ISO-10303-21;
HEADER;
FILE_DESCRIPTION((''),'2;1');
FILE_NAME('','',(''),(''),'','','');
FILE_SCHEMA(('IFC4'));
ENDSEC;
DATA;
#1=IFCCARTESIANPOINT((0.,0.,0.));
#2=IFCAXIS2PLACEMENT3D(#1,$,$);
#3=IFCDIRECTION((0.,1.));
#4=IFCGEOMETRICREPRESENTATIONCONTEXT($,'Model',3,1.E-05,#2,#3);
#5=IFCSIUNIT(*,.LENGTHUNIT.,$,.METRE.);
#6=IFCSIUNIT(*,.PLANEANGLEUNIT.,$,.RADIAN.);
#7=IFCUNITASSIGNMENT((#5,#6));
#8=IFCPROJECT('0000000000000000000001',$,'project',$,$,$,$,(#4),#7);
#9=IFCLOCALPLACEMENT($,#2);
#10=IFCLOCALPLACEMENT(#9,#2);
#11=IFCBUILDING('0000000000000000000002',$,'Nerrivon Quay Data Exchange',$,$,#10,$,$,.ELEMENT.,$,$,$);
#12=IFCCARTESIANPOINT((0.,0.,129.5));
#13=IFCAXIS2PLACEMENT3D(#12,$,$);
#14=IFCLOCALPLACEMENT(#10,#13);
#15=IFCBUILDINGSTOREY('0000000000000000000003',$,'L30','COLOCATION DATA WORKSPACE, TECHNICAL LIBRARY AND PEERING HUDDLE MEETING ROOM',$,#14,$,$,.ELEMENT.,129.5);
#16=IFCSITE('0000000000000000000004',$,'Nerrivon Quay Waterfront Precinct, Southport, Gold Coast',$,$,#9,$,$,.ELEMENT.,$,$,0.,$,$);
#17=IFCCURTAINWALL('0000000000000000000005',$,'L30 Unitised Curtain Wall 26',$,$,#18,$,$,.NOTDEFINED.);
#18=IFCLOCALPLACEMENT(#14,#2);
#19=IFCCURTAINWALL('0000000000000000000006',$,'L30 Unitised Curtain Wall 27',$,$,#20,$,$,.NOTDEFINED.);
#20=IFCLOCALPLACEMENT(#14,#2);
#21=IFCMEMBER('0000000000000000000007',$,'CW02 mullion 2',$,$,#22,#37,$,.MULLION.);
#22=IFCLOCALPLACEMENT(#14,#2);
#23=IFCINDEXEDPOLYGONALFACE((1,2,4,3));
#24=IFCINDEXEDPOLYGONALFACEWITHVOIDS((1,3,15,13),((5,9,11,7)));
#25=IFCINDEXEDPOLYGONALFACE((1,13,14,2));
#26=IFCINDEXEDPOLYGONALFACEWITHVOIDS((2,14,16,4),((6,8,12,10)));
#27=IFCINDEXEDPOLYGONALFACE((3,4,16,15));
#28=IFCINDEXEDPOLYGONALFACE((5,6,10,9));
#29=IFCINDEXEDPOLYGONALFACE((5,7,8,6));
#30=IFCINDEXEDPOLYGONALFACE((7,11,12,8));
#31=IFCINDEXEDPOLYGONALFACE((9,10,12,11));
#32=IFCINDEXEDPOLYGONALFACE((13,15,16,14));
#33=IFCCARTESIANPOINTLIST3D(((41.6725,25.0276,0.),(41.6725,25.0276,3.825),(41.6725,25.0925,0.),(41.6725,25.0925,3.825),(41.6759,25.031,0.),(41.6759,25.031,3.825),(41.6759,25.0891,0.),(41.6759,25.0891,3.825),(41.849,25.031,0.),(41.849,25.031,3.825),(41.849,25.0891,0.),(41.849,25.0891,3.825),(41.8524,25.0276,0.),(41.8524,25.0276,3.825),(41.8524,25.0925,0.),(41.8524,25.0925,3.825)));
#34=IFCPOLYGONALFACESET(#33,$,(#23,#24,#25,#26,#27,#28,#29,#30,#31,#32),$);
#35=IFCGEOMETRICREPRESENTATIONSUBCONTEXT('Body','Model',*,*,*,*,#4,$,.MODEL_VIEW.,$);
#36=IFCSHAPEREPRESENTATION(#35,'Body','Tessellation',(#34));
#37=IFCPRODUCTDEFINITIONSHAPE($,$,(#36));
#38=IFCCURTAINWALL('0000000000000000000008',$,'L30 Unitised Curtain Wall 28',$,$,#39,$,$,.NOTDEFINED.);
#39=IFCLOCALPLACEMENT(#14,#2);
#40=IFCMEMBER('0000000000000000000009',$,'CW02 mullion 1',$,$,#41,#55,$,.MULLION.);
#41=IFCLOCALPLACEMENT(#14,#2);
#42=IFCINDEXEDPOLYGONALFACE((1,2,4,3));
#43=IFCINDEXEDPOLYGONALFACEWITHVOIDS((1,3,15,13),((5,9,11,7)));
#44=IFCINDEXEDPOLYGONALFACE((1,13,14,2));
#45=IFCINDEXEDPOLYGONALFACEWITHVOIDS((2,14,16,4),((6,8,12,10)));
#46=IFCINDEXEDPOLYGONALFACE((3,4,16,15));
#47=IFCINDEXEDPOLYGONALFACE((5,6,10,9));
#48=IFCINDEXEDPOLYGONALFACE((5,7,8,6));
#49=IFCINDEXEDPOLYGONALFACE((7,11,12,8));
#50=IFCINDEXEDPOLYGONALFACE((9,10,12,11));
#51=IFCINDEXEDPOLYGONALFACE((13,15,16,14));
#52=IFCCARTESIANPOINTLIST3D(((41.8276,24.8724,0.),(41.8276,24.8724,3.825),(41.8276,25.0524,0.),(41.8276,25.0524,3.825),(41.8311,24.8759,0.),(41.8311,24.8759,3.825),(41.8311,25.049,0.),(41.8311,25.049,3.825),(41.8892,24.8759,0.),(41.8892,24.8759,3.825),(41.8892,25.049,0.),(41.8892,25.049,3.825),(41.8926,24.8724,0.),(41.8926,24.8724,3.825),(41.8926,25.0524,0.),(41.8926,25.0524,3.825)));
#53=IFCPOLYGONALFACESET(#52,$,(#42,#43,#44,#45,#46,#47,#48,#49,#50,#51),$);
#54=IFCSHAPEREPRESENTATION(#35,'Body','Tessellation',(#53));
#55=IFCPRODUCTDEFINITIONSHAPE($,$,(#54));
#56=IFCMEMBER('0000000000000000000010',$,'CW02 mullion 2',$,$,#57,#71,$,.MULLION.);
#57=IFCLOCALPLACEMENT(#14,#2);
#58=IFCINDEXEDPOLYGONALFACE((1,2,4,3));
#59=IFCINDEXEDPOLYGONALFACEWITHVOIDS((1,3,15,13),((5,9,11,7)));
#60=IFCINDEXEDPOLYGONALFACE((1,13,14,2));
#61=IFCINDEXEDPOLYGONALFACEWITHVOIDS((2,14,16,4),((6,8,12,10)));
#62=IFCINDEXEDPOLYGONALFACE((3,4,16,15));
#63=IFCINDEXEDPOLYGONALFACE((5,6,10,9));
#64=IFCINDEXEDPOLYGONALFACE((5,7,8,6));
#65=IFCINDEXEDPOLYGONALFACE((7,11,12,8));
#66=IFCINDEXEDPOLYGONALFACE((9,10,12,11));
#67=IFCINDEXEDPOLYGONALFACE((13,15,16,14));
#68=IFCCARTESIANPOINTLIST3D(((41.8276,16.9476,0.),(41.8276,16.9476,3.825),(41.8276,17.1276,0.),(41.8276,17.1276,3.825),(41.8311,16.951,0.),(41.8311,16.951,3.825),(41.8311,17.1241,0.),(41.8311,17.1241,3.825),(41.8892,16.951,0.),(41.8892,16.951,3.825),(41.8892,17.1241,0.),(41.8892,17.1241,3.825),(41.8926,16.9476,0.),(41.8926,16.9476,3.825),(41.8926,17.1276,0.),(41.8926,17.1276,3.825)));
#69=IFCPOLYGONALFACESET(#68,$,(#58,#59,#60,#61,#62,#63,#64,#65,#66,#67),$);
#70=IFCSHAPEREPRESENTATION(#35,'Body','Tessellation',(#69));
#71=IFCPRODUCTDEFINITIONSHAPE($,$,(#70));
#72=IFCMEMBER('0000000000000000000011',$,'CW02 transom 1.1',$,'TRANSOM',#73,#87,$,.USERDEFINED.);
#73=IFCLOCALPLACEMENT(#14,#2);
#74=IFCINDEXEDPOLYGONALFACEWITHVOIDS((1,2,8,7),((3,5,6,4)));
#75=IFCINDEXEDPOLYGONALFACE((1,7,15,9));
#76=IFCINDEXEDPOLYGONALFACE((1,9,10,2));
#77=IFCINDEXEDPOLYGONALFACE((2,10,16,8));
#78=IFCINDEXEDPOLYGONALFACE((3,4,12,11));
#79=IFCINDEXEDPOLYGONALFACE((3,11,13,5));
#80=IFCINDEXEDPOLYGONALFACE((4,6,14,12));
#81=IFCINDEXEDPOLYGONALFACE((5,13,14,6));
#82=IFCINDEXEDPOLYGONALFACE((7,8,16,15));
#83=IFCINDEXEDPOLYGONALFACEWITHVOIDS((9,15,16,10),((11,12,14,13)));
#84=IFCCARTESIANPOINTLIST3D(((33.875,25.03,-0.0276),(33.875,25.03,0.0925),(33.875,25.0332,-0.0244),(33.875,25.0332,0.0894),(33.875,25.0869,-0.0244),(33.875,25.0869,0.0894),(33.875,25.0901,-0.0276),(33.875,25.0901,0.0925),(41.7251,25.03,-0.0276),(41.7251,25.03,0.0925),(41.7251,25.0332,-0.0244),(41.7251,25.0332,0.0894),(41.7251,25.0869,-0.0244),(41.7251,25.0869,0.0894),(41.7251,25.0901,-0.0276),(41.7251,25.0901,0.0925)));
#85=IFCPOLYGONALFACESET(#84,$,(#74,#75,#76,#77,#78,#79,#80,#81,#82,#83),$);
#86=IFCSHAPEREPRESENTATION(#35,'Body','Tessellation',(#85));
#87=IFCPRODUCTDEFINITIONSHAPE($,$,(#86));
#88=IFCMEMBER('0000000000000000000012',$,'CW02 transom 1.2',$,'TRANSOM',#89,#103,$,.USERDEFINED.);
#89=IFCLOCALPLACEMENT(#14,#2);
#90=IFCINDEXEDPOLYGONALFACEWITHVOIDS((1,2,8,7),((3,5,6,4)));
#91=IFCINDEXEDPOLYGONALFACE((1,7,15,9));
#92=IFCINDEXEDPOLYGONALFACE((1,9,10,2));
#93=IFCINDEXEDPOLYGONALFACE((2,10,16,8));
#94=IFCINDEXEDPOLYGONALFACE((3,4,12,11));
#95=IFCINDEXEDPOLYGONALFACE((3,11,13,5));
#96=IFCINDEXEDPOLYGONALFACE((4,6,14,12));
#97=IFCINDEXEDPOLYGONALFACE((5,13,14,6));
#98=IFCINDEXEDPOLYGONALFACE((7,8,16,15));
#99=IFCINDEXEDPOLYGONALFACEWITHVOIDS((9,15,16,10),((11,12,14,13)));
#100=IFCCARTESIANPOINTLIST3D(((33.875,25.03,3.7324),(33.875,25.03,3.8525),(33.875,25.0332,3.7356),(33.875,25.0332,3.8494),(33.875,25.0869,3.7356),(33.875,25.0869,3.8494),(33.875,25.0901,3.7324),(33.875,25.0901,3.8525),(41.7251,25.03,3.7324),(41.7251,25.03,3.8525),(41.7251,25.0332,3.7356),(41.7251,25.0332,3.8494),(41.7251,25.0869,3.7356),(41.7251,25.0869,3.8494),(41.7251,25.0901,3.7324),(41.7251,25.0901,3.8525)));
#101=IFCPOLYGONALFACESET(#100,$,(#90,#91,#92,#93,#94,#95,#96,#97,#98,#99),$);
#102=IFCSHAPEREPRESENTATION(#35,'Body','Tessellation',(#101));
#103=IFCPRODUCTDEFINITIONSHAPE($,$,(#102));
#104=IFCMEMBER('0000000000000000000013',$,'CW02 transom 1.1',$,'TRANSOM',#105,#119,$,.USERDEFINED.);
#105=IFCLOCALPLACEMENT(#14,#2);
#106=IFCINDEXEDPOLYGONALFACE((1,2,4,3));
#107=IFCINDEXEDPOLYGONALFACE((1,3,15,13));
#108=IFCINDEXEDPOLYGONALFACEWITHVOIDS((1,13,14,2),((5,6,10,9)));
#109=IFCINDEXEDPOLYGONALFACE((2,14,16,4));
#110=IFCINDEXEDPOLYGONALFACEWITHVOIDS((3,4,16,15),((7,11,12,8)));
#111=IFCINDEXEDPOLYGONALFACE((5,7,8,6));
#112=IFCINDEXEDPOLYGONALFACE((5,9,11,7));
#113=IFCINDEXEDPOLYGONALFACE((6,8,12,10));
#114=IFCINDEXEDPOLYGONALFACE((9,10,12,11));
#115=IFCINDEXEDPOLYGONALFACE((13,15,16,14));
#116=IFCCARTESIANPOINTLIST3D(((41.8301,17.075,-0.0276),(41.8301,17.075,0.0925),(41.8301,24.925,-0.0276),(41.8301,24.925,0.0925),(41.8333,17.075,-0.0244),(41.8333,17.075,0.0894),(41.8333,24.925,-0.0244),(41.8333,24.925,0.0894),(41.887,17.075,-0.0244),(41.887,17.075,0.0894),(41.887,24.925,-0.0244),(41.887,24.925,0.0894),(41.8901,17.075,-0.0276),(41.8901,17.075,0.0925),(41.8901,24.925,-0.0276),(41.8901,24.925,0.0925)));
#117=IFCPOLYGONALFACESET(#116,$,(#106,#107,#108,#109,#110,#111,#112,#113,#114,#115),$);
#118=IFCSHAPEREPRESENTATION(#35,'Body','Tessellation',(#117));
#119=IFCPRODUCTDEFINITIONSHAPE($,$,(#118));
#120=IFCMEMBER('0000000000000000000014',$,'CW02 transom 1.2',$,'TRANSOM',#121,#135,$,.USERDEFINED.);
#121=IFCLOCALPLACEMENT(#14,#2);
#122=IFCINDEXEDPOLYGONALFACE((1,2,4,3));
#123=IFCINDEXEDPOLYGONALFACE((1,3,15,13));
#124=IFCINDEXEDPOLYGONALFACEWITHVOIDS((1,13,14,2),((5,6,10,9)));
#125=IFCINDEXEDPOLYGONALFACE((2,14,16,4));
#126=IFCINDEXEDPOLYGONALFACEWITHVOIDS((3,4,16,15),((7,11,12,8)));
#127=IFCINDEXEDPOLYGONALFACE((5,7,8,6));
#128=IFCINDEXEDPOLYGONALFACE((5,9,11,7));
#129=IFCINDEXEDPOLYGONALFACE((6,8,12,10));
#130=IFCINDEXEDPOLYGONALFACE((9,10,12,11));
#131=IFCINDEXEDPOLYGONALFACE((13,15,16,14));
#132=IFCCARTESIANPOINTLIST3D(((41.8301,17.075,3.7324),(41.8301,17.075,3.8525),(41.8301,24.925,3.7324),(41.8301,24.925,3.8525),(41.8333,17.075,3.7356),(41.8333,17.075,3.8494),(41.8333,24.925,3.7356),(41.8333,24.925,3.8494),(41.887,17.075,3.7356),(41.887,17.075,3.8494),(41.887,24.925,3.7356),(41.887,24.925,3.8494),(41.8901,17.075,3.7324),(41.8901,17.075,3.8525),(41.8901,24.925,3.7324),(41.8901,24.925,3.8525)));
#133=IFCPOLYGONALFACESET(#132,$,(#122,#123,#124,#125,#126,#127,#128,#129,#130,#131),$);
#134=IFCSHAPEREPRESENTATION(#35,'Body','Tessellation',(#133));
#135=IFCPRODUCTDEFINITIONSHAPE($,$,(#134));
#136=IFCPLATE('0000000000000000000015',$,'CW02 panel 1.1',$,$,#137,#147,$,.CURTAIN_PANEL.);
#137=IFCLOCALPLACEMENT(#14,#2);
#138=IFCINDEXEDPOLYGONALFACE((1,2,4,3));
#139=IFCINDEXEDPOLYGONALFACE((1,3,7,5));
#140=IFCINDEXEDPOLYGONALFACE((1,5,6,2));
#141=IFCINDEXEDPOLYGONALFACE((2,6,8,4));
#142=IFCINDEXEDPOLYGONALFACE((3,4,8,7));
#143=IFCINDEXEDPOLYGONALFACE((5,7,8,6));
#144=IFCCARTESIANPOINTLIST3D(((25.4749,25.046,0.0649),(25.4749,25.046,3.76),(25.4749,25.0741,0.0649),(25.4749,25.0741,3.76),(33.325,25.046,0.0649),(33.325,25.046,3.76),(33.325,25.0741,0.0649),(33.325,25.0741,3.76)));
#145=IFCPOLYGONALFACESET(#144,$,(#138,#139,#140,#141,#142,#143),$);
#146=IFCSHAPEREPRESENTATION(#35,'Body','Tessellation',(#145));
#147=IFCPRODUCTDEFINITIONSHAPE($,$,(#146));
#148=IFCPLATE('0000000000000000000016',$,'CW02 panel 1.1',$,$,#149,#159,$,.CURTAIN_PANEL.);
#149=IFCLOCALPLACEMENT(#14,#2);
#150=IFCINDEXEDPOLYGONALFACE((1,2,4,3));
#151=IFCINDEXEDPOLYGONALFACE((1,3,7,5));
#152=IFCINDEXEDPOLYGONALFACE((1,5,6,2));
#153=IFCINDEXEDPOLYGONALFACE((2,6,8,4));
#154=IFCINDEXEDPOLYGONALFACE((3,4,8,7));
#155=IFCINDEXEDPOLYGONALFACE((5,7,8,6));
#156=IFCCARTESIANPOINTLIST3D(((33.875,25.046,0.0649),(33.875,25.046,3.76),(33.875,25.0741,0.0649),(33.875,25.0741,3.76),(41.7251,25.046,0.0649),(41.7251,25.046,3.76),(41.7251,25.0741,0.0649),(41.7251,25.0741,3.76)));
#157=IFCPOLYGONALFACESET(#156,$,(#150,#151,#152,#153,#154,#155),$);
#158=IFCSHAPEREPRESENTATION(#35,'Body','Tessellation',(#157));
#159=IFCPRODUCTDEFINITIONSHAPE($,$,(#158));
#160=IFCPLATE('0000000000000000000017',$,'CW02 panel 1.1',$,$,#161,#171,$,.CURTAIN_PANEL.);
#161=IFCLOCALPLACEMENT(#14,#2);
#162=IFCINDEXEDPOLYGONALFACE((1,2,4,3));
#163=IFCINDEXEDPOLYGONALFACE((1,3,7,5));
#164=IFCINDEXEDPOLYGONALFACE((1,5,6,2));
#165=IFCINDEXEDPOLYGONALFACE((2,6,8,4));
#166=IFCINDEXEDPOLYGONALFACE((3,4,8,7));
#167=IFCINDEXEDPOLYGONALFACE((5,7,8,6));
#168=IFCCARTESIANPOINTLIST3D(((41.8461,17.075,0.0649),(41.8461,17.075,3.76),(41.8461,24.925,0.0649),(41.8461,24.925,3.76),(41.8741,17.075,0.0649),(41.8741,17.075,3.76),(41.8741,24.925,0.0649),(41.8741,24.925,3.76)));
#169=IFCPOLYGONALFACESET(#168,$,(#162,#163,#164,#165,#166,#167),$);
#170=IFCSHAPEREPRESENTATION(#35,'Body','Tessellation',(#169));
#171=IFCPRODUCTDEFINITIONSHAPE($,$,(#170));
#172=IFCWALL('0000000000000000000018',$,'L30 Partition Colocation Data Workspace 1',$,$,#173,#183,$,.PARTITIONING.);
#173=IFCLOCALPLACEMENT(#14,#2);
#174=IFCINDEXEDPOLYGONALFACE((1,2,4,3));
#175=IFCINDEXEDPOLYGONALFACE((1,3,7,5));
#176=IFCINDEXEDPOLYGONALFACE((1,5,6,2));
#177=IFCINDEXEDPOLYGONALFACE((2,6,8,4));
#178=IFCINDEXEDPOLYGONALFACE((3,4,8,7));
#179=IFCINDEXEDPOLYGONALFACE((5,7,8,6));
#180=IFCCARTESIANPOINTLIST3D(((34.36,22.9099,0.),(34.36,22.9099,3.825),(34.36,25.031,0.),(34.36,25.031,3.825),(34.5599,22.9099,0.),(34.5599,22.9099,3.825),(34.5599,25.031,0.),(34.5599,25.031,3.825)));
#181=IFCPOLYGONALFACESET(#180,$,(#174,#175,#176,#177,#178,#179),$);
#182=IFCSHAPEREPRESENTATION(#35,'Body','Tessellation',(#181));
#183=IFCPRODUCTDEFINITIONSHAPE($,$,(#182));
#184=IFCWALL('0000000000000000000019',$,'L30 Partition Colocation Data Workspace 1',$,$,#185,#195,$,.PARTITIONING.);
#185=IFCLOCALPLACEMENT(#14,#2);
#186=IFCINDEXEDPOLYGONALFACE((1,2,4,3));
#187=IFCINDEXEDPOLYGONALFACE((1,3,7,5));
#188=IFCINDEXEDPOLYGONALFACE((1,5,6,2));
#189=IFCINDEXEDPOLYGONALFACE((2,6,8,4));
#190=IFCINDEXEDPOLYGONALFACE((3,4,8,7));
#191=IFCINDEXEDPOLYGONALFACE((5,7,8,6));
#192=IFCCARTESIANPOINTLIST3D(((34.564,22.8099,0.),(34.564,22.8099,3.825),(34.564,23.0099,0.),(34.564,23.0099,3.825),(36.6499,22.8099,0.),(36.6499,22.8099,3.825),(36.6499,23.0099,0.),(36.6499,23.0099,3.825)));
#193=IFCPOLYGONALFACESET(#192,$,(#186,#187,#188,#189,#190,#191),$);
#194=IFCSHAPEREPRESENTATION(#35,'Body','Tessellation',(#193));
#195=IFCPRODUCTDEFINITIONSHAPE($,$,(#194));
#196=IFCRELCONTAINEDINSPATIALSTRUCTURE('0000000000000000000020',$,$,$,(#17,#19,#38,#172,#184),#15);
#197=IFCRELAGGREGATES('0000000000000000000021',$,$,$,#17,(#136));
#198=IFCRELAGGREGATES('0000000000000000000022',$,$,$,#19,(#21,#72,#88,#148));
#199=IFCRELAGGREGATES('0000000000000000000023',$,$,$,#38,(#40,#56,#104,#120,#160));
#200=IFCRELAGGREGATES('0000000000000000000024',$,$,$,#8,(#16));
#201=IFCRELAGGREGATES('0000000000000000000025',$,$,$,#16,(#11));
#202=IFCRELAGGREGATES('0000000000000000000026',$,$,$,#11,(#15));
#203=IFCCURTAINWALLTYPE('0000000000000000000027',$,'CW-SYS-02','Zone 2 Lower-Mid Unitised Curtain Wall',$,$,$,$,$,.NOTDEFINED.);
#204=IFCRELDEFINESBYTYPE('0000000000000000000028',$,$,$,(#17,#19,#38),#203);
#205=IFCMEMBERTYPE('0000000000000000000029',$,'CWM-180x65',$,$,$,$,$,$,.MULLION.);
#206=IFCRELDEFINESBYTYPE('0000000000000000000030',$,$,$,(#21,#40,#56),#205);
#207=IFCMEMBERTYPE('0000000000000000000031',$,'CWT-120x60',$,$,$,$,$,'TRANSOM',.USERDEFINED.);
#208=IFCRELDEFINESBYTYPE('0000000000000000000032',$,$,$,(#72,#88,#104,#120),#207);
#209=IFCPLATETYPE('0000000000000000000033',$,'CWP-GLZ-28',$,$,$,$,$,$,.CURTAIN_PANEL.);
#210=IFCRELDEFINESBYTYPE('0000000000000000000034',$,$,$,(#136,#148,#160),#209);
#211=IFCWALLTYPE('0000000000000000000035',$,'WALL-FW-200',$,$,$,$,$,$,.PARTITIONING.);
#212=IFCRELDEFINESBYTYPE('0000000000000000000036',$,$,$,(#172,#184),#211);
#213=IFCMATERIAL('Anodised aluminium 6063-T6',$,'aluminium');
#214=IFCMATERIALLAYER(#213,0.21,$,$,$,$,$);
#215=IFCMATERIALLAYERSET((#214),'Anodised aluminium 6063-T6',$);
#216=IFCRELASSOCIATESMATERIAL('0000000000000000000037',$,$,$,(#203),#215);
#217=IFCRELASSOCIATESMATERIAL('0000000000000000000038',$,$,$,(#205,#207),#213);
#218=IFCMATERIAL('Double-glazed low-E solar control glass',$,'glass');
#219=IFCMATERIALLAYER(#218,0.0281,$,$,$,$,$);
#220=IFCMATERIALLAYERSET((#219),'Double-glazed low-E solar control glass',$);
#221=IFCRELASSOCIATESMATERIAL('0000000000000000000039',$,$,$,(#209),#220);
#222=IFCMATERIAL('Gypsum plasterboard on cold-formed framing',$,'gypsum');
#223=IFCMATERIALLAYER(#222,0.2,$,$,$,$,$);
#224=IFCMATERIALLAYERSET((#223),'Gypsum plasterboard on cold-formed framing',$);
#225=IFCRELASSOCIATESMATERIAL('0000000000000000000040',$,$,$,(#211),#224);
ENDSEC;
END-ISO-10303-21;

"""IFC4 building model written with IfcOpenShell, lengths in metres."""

from ifc_helpers import new_model, si_unit, direction, frame, frame_2d, origin, origin_2d, place, context, subcontext, project, spatial, rectangle, hollow_rectangle, extrude, material, layer, layer_set, material_profile, profile_set, type_object, element, aggregate, save


model = new_model("IFC4")

# Units and contexts
model_context = context("Model", 3, precision=1e-05, world=origin(), true_north=direction((0.0, 1.0)))
body_context = subcontext(model_context, "Body", "Model", "MODEL_VIEW")
ifc_project = project(units=[si_unit("LENGTHUNIT", "METRE"), si_unit("PLANEANGLEUNIT", "RADIAN")], contexts=[model_context])

# Site, building, storey
site_placement = place(None, origin())
site = spatial("IfcSite", under=ifc_project, at=site_placement, Name="Nerrivon Quay Waterfront Precinct, Southport, Gold Coast", CompositionType="ELEMENT", RefElevation=0.0)
building_placement = place(site_placement, origin())
building = spatial("IfcBuilding", under=site, at=building_placement, Name="Nerrivon Quay Data Exchange", CompositionType="ELEMENT")
storey_placement = place(building_placement, frame((0.0, 0.0, 129.5)))
storey = spatial("IfcBuildingStorey", under=building, at=storey_placement, Name="L30", Description="COLOCATION DATA WORKSPACE, TECHNICAL LIBRARY AND PEERING HUDDLE MEETING ROOM", CompositionType="ELEMENT", Elevation=129.5)

# Curtain wall
ifc_material_1 = material(Name="Anodised aluminium 6063-T6", Category="aluminium")
ifc_layer_1 = layer(ifc_material_1, 0.21)
ifc_layer_set_1 = layer_set([ifc_layer_1], Name="Anodised aluminium 6063-T6")
curtain_wall_type = type_object("IfcCurtainWallType", Name="CW-SYS-02", Description="Zone 2 Lower-Mid Unitised Curtain Wall", PredefinedType="NOTDEFINED", material=ifc_layer_set_1)
curtain_wall_1_placement = place(storey_placement, origin())
curtain_wall_1 = element("IfcCurtainWall", 1, at=curtain_wall_1_placement, inside=storey, type_object=curtain_wall_type, Name="L30 Unitised Curtain Wall 26", PredefinedType="NOTDEFINED")
ifc_material_profile_1 = material_profile(ifc_material_1, hollow_rectangle(XDim=0.0649, YDim=0.1799, WallThickness=0.0034, at=origin_2d()), Name="ALU-MULL-180x65")
ifc_profile_set_1 = profile_set([ifc_material_profile_1], Name="Anodised aluminium 6063-T6")
member_type_1 = type_object("IfcMemberType", Name="CWM-180x65", PredefinedType="MULLION", material=ifc_profile_set_1)

# Curtain walls, members
curtain_wall_2_placement = place(storey_placement, origin())
curtain_wall_2 = element("IfcCurtainWall", 2, at=curtain_wall_2_placement, inside=storey, type_object=curtain_wall_type, Name="L30 Unitised Curtain Wall 27", PredefinedType="NOTDEFINED")
member_1_placement = place(storey_placement, frame((41.7625, 25.0601, 0.0), z_axis=(0.0, 0.0, 1.0), x_axis=(0.0, 1.0, 0.0)))
member_1 = element("IfcMember", 3, at=member_1_placement, type_object=member_type_1, Name="CW02 mullion 2", PredefinedType="MULLION", context=body_context, shape_type="SweptSolid", body=[
    extrude(hollow_rectangle(XDim=0.0649, YDim=0.1799, WallThickness=0.0034, at=origin_2d()), origin(), (0.0, 0.0, 1.0), 3.825),
])
curtain_wall_3_placement = place(storey_placement, origin())
curtain_wall_3 = element("IfcCurtainWall", 4, at=curtain_wall_3_placement, inside=storey, type_object=curtain_wall_type, Name="L30 Unitised Curtain Wall 28", PredefinedType="NOTDEFINED")
member_2_placement = place(storey_placement, frame((41.8601, 24.9624, 0.0), z_axis=(0.0, 0.0, 1.0), x_axis=(1.0, 0.0, 0.0)))
member_2 = element("IfcMember", 5, at=member_2_placement, type_object=member_type_1, Name="CW02 mullion 1", PredefinedType="MULLION", context=body_context, shape_type="SweptSolid", body=[
    extrude(hollow_rectangle(XDim=0.0649, YDim=0.1799, WallThickness=0.0034, at=origin_2d()), origin(), (0.0, 0.0, 1.0), 3.825),
])
member_3_placement = place(storey_placement, frame((41.8601, 17.0376, 0.0), z_axis=(0.0, 0.0, 1.0), x_axis=(1.0, 0.0, 0.0)))
member_3 = element("IfcMember", 6, at=member_3_placement, type_object=member_type_1, Name="CW02 mullion 2", PredefinedType="MULLION", context=body_context, shape_type="SweptSolid", body=[
    extrude(hollow_rectangle(XDim=0.0649, YDim=0.1799, WallThickness=0.0034, at=origin_2d()), origin(), (0.0, 0.0, 1.0), 3.825),
])

# Members
ifc_material_profile_2 = material_profile(ifc_material_1, hollow_rectangle(XDim=0.0601, YDim=0.1201, WallThickness=0.0032, at=origin_2d()), Name="ALU-TRAN-120x60")
ifc_profile_set_2 = profile_set([ifc_material_profile_2], Name="Anodised aluminium 6063-T6")
member_type_2 = type_object("IfcMemberType", Name="CWT-120x60", ElementType="TRANSOM", PredefinedType="USERDEFINED", material=ifc_profile_set_2)
member_4_placement = place(storey_placement, frame((33.875, 25.0601, 0.0325), z_axis=(1.0, 0.0, 0.0), x_axis=(0.0, 1.0, 0.0)))
member_4 = element("IfcMember", 7, at=member_4_placement, type_object=member_type_2, Name="CW02 transom 1.1", ObjectType="TRANSOM", PredefinedType="USERDEFINED", context=body_context, shape_type="SweptSolid", body=[
    extrude(hollow_rectangle(XDim=0.0601, YDim=0.1201, WallThickness=0.0032, at=origin_2d()), origin(), (0.0, 0.0, 1.0), 7.8501),
])
member_5_placement = place(storey_placement, frame((33.875, 25.0601, 3.7925), z_axis=(1.0, 0.0, 0.0), x_axis=(0.0, 1.0, 0.0)))
member_5 = element("IfcMember", 8, at=member_5_placement, type_object=member_type_2, Name="CW02 transom 1.2", ObjectType="TRANSOM", PredefinedType="USERDEFINED", context=body_context, shape_type="SweptSolid", body=[
    extrude(hollow_rectangle(XDim=0.0601, YDim=0.1201, WallThickness=0.0032, at=origin_2d()), origin(), (0.0, 0.0, 1.0), 7.8501),
])
member_6_placement = place(storey_placement, frame((41.8601, 24.925, 0.0325), z_axis=(0.0, -1.0, 0.0), x_axis=(1.0, 0.0, 0.0)))
member_6 = element("IfcMember", 9, at=member_6_placement, type_object=member_type_2, Name="CW02 transom 1.1", ObjectType="TRANSOM", PredefinedType="USERDEFINED", context=body_context, shape_type="SweptSolid", body=[
    extrude(hollow_rectangle(XDim=0.0601, YDim=0.1201, WallThickness=0.0032, at=origin_2d()), origin(), (0.0, 0.0, 1.0), 7.8501),
])
member_7_placement = place(storey_placement, frame((41.8601, 24.925, 3.7925), z_axis=(0.0, -1.0, 0.0), x_axis=(1.0, 0.0, 0.0)))
member_7 = element("IfcMember", 10, at=member_7_placement, type_object=member_type_2, Name="CW02 transom 1.2", ObjectType="TRANSOM", PredefinedType="USERDEFINED", context=body_context, shape_type="SweptSolid", body=[
    extrude(hollow_rectangle(XDim=0.0601, YDim=0.1201, WallThickness=0.0032, at=origin_2d()), origin(), (0.0, 0.0, 1.0), 7.8501),
])

# Plates
ifc_material_2 = material(Name="Double-glazed low-E solar control glass", Category="glass")
ifc_layer_2 = layer(ifc_material_2, 0.0281)
ifc_layer_set_2 = layer_set([ifc_layer_2], Name="Double-glazed low-E solar control glass")
plate_type = type_object("IfcPlateType", Name="CWP-GLZ-28", PredefinedType="CURTAIN_PANEL", material=ifc_layer_set_2)
plate_1_placement = place(storey_placement, frame((29.3999, 25.0601, 0.0649), z_axis=(0.0, 0.0, 1.0), x_axis=(1.0, 0.0, 0.0)))
plate_1 = element("IfcPlate", 11, at=plate_1_placement, type_object=plate_type, Name="CW02 panel 1.1", PredefinedType="CURTAIN_PANEL", context=body_context, shape_type="SweptSolid", body=[
    extrude(rectangle(XDim=7.8501, YDim=0.0281, at=origin_2d()), origin(), (0.0, 0.0, 1.0), 3.6951),
])
aggregate(curtain_wall_1, [plate_1])
plate_2_placement = place(storey_placement, frame((37.8, 25.0601, 0.0649), z_axis=(0.0, 0.0, 1.0), x_axis=(1.0, 0.0, 0.0)))
plate_2 = element("IfcPlate", 12, at=plate_2_placement, type_object=plate_type, Name="CW02 panel 1.1", PredefinedType="CURTAIN_PANEL", context=body_context, shape_type="SweptSolid", body=[
    extrude(rectangle(XDim=7.8501, YDim=0.0281, at=origin_2d()), origin(), (0.0, 0.0, 1.0), 3.6951),
])
aggregate(curtain_wall_2, [member_1, member_4, member_5, plate_2])
plate_3_placement = place(storey_placement, frame((41.8601, 21.0, 0.0649), z_axis=(0.0, 0.0, 1.0), x_axis=(0.0, -1.0, 0.0)))
plate_3 = element("IfcPlate", 13, at=plate_3_placement, type_object=plate_type, Name="CW02 panel 1.1", PredefinedType="CURTAIN_PANEL", context=body_context, shape_type="SweptSolid", body=[
    extrude(rectangle(XDim=7.8501, YDim=0.0281, at=origin_2d()), origin(), (0.0, 0.0, 1.0), 3.6951),
])
aggregate(curtain_wall_3, [member_2, member_3, member_6, member_7, plate_3])

# Walls
ifc_material_3 = material(Name="Gypsum plasterboard on cold-formed framing", Category="gypsum")
ifc_layer_3 = layer(ifc_material_3, 0.2)
ifc_layer_set_3 = layer_set([ifc_layer_3], Name="Gypsum plasterboard on cold-formed framing")
wall_type_1 = type_object("IfcWallType", Name="WALL-FW-200", PredefinedType="PARTITIONING", material=ifc_layer_set_3)
wall_1_placement = place(storey_placement, frame((34.46, 25.031, 0.0), z_axis=(0.0, 0.0, 1.0), x_axis=(0.0, -1.0, 0.0)))
element("IfcWall", 14, at=wall_1_placement, inside=storey, type_object=wall_type_1, Name="L30 Partition Colocation Data Workspace 1", PredefinedType="PARTITIONING", context=body_context, shape_type="SweptSolid", body=[
    extrude(rectangle(XDim=2.1211, YDim=0.2, at=frame_2d((1.0605, 0.0))), origin(), (0.0, 0.0, 1.0), 3.825),
])
wall_2_placement = place(storey_placement, frame((34.564, 22.9099, 0.0), z_axis=(0.0, 0.0, 1.0), x_axis=(1.0, 0.0, 0.0)))
element("IfcWall", 15, at=wall_2_placement, inside=storey, type_object=wall_type_1, Name="L30 Partition Colocation Data Workspace 1", PredefinedType="PARTITIONING", context=body_context, shape_type="SweptSolid", body=[
    extrude(rectangle(XDim=2.0859, YDim=0.2, at=frame_2d((1.043, 0.0))), origin(), (0.0, 0.0, 1.0), 3.825),
])

save(model, "model.ifc")
